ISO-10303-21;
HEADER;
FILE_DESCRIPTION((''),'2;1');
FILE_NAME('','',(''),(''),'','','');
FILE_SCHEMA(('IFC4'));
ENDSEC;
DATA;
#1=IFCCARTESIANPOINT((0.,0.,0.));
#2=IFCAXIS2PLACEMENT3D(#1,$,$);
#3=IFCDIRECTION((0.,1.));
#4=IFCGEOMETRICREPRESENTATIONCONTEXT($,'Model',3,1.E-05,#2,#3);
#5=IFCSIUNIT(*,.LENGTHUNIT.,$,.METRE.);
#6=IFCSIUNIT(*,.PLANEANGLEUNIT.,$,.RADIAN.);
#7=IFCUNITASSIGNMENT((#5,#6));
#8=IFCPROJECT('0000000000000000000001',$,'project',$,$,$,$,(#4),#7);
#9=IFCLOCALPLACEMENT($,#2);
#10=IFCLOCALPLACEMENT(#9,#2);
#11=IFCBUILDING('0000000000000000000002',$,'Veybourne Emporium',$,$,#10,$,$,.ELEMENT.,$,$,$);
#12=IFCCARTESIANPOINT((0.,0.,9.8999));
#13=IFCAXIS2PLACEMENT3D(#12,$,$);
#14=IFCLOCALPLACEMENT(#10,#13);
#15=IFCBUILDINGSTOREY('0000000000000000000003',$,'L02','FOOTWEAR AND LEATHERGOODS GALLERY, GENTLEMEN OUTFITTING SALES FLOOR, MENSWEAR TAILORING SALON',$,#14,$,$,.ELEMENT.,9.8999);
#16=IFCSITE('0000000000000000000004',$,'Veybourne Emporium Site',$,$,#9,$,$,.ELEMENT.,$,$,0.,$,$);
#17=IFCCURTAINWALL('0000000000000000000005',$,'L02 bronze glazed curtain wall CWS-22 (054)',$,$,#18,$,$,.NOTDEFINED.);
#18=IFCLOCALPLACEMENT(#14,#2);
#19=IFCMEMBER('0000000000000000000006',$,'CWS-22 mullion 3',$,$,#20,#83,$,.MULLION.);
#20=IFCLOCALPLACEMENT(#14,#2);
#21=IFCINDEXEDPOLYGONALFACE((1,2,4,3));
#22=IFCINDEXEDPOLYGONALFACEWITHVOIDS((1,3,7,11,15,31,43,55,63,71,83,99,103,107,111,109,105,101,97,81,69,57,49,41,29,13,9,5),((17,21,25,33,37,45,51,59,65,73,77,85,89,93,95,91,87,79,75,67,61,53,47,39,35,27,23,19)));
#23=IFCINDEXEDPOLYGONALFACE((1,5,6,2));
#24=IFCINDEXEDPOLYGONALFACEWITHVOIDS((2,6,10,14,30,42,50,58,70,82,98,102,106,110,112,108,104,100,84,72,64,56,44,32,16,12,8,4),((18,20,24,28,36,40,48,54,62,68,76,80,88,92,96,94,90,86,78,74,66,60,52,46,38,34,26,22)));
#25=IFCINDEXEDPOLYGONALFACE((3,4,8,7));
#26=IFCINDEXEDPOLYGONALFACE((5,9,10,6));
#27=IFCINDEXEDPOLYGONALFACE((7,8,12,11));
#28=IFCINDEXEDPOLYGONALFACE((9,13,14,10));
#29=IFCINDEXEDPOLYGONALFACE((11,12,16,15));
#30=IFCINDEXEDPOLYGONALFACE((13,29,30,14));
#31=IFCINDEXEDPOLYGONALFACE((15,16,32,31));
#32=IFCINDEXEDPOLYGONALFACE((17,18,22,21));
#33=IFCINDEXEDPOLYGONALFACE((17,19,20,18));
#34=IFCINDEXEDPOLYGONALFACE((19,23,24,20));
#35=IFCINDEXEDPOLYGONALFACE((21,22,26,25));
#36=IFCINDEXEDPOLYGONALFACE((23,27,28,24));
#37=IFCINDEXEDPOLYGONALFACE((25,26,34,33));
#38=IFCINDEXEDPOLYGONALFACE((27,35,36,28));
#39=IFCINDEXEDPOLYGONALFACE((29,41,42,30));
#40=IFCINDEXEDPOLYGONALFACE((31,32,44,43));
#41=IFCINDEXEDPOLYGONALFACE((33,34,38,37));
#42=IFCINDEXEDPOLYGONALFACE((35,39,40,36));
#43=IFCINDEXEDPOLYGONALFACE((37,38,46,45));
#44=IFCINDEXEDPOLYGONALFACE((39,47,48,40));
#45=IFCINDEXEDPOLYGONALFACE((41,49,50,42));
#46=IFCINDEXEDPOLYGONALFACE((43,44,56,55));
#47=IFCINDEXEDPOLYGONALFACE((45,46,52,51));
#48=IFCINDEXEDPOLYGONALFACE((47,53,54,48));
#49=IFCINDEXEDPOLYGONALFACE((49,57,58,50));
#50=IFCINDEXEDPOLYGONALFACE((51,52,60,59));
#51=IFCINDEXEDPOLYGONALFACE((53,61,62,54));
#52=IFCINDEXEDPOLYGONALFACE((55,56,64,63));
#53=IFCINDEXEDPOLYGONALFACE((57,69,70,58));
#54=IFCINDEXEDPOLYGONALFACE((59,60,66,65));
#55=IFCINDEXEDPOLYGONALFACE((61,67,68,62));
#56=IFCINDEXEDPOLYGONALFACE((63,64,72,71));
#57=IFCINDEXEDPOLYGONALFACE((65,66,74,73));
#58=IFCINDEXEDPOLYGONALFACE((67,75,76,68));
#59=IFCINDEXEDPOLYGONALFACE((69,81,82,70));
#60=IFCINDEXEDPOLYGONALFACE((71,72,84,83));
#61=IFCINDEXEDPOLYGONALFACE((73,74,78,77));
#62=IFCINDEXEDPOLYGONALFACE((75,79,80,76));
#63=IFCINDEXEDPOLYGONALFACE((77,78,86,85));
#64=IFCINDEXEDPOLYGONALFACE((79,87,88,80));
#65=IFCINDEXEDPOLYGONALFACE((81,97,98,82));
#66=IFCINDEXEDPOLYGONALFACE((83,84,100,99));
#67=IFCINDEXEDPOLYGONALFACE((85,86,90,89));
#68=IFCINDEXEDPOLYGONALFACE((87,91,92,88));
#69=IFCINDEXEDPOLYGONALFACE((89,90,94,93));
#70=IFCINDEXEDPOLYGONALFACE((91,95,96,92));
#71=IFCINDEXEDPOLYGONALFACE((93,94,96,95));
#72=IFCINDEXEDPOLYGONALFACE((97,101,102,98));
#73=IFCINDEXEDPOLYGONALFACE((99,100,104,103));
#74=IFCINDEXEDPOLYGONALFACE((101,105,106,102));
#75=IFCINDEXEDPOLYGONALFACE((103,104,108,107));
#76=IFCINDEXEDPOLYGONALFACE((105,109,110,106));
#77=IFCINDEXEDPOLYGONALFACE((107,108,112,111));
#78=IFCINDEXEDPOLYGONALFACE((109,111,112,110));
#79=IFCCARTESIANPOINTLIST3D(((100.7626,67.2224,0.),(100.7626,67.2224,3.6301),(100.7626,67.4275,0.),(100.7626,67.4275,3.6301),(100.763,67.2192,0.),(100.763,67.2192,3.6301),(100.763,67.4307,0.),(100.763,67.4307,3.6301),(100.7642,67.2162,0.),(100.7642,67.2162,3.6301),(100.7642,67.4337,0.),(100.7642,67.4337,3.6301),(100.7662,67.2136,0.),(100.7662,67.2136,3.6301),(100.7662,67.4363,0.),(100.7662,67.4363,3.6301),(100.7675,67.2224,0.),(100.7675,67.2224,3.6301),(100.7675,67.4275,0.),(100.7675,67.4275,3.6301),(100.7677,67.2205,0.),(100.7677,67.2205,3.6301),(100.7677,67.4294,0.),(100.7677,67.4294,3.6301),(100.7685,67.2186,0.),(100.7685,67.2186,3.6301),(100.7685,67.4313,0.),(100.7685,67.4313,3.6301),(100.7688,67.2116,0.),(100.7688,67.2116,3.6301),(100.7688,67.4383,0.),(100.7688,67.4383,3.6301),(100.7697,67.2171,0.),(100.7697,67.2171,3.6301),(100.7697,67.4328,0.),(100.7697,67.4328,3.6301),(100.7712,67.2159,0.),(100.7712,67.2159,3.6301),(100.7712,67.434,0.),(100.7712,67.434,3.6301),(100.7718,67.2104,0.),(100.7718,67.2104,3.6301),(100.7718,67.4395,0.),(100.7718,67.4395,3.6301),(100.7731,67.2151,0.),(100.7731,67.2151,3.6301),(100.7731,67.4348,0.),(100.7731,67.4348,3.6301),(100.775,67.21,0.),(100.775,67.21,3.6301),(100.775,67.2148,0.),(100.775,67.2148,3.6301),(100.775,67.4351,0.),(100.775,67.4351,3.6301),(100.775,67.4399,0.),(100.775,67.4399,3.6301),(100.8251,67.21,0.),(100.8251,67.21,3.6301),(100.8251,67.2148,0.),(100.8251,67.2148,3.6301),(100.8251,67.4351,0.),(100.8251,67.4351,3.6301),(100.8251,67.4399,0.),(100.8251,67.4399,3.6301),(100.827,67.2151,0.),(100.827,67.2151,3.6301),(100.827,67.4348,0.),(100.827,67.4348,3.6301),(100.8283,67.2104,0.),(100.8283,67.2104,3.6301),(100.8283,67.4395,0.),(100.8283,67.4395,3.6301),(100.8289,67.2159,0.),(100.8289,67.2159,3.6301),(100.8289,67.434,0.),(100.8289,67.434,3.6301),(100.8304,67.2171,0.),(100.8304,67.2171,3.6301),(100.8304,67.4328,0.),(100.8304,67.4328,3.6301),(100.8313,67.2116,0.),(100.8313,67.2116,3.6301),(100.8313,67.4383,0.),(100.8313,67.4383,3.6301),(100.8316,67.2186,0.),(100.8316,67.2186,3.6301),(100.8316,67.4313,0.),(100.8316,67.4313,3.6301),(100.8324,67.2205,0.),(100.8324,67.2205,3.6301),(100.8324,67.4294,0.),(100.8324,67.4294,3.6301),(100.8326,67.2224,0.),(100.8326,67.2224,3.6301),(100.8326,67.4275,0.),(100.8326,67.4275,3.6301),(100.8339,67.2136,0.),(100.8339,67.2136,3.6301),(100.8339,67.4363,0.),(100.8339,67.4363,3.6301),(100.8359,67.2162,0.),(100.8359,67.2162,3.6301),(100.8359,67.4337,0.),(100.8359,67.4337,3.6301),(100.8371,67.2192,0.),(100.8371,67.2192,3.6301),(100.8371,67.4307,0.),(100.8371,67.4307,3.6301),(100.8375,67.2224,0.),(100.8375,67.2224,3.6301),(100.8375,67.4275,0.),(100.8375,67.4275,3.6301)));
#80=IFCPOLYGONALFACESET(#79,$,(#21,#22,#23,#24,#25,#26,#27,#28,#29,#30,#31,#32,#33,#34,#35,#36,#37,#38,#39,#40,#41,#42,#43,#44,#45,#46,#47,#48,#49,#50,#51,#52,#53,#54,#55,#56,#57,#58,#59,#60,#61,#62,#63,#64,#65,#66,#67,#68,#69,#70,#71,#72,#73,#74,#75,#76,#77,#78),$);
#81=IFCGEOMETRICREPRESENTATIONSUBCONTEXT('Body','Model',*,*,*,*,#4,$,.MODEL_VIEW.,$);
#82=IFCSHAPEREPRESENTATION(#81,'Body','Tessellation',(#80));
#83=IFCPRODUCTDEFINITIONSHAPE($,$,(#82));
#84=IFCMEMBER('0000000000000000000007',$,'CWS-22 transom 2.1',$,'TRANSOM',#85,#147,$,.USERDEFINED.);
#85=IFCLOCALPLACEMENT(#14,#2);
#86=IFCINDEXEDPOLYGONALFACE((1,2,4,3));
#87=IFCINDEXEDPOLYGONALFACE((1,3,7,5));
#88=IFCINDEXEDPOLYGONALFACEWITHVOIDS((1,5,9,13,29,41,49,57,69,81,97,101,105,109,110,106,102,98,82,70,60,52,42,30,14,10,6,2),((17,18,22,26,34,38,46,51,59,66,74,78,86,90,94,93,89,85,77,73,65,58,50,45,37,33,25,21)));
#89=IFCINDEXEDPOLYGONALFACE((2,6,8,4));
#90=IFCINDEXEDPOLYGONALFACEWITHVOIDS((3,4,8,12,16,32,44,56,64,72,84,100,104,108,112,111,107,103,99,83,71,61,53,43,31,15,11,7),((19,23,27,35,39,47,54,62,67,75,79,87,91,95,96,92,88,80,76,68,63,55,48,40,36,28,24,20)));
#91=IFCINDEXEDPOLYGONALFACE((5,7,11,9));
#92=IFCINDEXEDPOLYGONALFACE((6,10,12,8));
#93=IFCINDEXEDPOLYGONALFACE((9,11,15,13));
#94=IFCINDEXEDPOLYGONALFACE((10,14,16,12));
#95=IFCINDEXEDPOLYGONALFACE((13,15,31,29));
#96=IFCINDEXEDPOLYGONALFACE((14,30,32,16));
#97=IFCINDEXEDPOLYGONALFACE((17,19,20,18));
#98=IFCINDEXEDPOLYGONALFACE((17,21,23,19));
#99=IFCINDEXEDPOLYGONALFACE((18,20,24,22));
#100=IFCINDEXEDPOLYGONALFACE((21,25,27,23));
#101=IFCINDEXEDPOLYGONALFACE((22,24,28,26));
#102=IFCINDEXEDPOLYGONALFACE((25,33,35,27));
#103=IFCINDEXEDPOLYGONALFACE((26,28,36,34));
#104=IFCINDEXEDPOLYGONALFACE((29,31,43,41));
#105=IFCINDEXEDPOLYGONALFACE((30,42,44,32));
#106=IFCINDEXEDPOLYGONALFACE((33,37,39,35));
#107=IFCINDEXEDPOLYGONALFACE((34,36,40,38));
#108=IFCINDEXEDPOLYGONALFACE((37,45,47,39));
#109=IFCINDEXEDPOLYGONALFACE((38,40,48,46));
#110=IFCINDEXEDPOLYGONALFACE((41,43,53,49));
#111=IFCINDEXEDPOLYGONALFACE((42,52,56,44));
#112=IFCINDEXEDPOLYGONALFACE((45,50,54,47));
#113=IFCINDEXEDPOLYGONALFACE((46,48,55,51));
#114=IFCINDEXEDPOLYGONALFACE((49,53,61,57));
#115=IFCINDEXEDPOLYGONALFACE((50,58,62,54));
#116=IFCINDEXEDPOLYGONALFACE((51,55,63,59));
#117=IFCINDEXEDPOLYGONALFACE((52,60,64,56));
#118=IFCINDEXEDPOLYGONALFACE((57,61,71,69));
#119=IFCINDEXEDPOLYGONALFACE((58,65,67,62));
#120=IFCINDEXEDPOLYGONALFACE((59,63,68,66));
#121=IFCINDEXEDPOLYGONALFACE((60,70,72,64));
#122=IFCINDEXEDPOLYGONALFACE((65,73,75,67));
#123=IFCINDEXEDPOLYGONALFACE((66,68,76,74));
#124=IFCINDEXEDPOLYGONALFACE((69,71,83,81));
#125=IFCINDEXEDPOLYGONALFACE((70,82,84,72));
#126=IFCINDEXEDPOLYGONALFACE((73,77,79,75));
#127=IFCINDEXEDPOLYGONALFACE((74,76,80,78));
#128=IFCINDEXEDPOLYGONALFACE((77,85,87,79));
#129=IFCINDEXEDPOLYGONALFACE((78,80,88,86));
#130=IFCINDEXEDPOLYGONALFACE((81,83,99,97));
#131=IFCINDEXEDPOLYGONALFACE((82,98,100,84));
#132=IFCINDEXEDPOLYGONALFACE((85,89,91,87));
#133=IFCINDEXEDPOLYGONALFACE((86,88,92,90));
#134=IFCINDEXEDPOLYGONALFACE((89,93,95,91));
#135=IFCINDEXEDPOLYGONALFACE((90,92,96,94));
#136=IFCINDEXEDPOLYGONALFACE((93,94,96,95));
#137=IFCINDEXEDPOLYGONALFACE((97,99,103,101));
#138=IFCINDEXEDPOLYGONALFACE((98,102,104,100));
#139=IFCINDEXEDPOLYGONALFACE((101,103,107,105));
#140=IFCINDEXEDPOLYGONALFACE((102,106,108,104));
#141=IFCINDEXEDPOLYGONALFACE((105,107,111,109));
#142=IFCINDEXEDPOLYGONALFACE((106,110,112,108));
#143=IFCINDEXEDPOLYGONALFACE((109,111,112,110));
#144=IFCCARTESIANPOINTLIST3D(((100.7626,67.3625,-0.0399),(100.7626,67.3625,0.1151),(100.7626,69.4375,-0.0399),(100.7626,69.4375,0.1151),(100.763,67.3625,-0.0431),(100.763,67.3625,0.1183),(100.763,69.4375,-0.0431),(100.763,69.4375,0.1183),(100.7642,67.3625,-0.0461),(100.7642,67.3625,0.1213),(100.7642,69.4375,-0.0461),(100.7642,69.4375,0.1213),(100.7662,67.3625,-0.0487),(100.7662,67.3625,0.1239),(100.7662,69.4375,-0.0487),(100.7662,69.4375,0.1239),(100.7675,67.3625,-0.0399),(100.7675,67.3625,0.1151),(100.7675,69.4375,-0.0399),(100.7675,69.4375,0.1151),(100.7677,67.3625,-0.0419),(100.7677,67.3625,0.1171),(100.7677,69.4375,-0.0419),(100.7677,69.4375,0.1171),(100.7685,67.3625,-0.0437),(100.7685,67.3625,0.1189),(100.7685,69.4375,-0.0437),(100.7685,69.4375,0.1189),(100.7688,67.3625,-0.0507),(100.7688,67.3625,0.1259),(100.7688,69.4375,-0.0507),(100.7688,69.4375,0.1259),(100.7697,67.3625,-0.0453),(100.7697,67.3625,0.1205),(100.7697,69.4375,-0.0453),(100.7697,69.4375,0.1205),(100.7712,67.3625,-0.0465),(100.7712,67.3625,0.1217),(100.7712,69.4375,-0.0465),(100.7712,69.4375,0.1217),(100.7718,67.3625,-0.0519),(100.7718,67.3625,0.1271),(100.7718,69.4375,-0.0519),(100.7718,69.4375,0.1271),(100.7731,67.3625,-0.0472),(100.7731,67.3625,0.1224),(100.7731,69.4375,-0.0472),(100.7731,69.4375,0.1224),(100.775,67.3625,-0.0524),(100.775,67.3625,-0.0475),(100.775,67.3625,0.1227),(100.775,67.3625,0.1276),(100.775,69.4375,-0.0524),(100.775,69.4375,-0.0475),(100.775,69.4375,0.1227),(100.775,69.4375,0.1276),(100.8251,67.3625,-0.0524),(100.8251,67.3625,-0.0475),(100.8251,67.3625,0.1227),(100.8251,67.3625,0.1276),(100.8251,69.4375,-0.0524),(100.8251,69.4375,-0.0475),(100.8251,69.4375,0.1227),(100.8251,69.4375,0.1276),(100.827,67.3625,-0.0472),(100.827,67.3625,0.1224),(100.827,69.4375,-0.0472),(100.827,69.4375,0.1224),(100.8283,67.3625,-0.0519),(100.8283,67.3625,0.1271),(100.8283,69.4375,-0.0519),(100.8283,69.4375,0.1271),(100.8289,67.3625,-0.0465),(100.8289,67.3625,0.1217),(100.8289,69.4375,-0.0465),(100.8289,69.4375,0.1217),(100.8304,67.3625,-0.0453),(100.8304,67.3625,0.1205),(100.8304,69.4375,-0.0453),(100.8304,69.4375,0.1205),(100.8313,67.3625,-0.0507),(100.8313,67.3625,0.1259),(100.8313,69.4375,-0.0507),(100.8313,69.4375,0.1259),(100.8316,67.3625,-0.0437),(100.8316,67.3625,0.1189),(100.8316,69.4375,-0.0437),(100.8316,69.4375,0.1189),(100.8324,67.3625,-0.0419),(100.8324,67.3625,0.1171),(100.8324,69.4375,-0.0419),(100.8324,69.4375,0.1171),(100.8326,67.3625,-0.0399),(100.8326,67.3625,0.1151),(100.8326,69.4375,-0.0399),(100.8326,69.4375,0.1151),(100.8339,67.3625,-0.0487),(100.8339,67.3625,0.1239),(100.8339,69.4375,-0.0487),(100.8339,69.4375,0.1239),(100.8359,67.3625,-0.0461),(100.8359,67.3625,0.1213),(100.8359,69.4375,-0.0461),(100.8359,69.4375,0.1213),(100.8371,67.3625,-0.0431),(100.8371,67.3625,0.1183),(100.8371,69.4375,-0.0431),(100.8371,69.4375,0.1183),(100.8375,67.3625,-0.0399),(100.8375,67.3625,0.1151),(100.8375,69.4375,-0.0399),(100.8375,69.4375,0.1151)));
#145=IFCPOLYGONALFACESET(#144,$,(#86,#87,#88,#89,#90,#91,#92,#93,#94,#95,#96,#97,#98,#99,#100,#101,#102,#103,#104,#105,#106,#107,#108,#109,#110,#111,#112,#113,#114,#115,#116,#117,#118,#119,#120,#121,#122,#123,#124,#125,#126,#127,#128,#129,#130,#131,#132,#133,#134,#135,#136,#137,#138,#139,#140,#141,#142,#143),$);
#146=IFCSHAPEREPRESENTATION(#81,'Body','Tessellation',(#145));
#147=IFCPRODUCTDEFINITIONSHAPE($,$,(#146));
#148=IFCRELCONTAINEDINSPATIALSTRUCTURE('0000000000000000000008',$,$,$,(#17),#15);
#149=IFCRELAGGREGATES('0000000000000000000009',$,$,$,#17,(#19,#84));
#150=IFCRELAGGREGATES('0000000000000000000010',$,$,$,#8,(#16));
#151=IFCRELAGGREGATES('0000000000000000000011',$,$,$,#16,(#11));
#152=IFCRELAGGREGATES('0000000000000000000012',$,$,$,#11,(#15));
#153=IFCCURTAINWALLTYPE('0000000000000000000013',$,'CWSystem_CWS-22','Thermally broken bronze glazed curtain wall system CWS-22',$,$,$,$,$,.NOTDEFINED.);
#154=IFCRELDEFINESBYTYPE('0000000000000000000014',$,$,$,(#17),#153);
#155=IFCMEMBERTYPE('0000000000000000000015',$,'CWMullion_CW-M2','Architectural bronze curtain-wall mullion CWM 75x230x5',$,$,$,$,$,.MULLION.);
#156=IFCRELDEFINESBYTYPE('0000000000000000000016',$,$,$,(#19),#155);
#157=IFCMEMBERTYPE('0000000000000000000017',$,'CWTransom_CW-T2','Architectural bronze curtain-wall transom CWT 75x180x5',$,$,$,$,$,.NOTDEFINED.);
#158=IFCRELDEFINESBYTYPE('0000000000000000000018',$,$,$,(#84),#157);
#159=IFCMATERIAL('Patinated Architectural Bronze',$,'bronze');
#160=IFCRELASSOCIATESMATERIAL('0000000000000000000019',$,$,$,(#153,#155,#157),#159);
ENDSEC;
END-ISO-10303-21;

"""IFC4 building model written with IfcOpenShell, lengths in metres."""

from ifc_helpers import new_model, si_unit, direction, frame, origin, origin_2d, place, context, subcontext, project, spatial, hollow_rectangle, extrude, material, material_profile, profile_set, type_object, element, aggregate, save


model = new_model("IFC4")

# Units and contexts
model_context = context("Model", 3, precision=1e-05, world=origin(), true_north=direction((0.0, 1.0)))
body_context = subcontext(model_context, "Body", "Model", "MODEL_VIEW")
ifc_project = project(units=[si_unit("LENGTHUNIT", "METRE"), si_unit("PLANEANGLEUNIT", "RADIAN")], contexts=[model_context])

# Site, building, storey
site_placement = place(None, origin())
site = spatial("IfcSite", under=ifc_project, at=site_placement, Name="Veybourne Emporium Site", CompositionType="ELEMENT", RefElevation=0.0)
building_placement = place(site_placement, origin())
building = spatial("IfcBuilding", under=site, at=building_placement, Name="Veybourne Emporium", CompositionType="ELEMENT")
storey_placement = place(building_placement, frame((0.0, 0.0, 9.8999)))
storey = spatial("IfcBuildingStorey", under=building, at=storey_placement, Name="L02", Description="FOOTWEAR AND LEATHERGOODS GALLERY, GENTLEMEN OUTFITTING SALES FLOOR, MENSWEAR TAILORING SALON", CompositionType="ELEMENT", Elevation=9.8999)

# Curtain wall, members
ifc_material_1 = material(Name="Patinated Architectural Bronze", Category="bronze")
curtain_wall_type = type_object("IfcCurtainWallType", Name="CWSystem_CWS-22", Description="Thermally broken bronze glazed curtain wall system CWS-22", PredefinedType="NOTDEFINED", material=ifc_material_1)
curtain_wall_placement = place(storey_placement, origin())
curtain_wall = element("IfcCurtainWall", 1, at=curtain_wall_placement, inside=storey, type_object=curtain_wall_type, Name="L02 bronze glazed curtain wall CWS-22 (054)", PredefinedType="NOTDEFINED")
ifc_material_profile_1 = material_profile(ifc_material_1, hollow_rectangle(XDim=0.075, YDim=0.23, WallThickness=0.0049, InnerFilletRadius=0.0076, OuterFilletRadius=0.0125, at=origin_2d()), Name="CWM 75x230x5")
ifc_profile_set_1 = profile_set([ifc_material_profile_1], Name="Patinated Architectural Bronze")
member_type_1 = type_object("IfcMemberType", Name="CWMullion_CW-M2", Description="Architectural bronze curtain-wall mullion CWM 75x230x5", PredefinedType="MULLION", material=ifc_profile_set_1)
member_1_placement = place(storey_placement, frame((100.8, 67.325, 0.0), z_axis=(0.0, 0.0, 1.0), x_axis=(1.0, 0.0, 0.0)))
member_1 = element("IfcMember", 2, at=member_1_placement, type_object=member_type_1, Name="CWS-22 mullion 3", PredefinedType="MULLION", context=body_context, shape_type="SweptSolid", body=[
    extrude(hollow_rectangle(XDim=0.075, YDim=0.23, WallThickness=0.0049, InnerFilletRadius=0.0076, OuterFilletRadius=0.0125, at=origin_2d()), origin(), (0.0, 0.0, 1.0), 3.6301),
])
ifc_material_profile_2 = material_profile(ifc_material_1, hollow_rectangle(XDim=0.075, YDim=0.1799, WallThickness=0.0049, InnerFilletRadius=0.0076, OuterFilletRadius=0.0125, at=origin_2d()), Name="CWT 75x180x5")
ifc_profile_set_2 = profile_set([ifc_material_profile_2], Name="Patinated Architectural Bronze")
member_type_2 = type_object("IfcMemberType", Name="CWTransom_CW-T2", Description="Architectural bronze curtain-wall transom CWT 75x180x5", PredefinedType="NOTDEFINED", material=ifc_profile_set_2)
member_2_placement = place(storey_placement, frame((100.8, 69.4375, 0.0376), z_axis=(0.0, -1.0, 0.0), x_axis=(1.0, 0.0, 0.0)))
member_2 = element("IfcMember", 3, at=member_2_placement, type_object=member_type_2, Name="CWS-22 transom 2.1", ObjectType="TRANSOM", PredefinedType="USERDEFINED", context=body_context, shape_type="SweptSolid", body=[
    extrude(hollow_rectangle(XDim=0.075, YDim=0.1799, WallThickness=0.0049, InnerFilletRadius=0.0076, OuterFilletRadius=0.0125, at=origin_2d()), origin(), (0.0, 0.0, 1.0), 2.075),
])
aggregate(curtain_wall, [member_1, member_2])

save(model, "model.ifc")
